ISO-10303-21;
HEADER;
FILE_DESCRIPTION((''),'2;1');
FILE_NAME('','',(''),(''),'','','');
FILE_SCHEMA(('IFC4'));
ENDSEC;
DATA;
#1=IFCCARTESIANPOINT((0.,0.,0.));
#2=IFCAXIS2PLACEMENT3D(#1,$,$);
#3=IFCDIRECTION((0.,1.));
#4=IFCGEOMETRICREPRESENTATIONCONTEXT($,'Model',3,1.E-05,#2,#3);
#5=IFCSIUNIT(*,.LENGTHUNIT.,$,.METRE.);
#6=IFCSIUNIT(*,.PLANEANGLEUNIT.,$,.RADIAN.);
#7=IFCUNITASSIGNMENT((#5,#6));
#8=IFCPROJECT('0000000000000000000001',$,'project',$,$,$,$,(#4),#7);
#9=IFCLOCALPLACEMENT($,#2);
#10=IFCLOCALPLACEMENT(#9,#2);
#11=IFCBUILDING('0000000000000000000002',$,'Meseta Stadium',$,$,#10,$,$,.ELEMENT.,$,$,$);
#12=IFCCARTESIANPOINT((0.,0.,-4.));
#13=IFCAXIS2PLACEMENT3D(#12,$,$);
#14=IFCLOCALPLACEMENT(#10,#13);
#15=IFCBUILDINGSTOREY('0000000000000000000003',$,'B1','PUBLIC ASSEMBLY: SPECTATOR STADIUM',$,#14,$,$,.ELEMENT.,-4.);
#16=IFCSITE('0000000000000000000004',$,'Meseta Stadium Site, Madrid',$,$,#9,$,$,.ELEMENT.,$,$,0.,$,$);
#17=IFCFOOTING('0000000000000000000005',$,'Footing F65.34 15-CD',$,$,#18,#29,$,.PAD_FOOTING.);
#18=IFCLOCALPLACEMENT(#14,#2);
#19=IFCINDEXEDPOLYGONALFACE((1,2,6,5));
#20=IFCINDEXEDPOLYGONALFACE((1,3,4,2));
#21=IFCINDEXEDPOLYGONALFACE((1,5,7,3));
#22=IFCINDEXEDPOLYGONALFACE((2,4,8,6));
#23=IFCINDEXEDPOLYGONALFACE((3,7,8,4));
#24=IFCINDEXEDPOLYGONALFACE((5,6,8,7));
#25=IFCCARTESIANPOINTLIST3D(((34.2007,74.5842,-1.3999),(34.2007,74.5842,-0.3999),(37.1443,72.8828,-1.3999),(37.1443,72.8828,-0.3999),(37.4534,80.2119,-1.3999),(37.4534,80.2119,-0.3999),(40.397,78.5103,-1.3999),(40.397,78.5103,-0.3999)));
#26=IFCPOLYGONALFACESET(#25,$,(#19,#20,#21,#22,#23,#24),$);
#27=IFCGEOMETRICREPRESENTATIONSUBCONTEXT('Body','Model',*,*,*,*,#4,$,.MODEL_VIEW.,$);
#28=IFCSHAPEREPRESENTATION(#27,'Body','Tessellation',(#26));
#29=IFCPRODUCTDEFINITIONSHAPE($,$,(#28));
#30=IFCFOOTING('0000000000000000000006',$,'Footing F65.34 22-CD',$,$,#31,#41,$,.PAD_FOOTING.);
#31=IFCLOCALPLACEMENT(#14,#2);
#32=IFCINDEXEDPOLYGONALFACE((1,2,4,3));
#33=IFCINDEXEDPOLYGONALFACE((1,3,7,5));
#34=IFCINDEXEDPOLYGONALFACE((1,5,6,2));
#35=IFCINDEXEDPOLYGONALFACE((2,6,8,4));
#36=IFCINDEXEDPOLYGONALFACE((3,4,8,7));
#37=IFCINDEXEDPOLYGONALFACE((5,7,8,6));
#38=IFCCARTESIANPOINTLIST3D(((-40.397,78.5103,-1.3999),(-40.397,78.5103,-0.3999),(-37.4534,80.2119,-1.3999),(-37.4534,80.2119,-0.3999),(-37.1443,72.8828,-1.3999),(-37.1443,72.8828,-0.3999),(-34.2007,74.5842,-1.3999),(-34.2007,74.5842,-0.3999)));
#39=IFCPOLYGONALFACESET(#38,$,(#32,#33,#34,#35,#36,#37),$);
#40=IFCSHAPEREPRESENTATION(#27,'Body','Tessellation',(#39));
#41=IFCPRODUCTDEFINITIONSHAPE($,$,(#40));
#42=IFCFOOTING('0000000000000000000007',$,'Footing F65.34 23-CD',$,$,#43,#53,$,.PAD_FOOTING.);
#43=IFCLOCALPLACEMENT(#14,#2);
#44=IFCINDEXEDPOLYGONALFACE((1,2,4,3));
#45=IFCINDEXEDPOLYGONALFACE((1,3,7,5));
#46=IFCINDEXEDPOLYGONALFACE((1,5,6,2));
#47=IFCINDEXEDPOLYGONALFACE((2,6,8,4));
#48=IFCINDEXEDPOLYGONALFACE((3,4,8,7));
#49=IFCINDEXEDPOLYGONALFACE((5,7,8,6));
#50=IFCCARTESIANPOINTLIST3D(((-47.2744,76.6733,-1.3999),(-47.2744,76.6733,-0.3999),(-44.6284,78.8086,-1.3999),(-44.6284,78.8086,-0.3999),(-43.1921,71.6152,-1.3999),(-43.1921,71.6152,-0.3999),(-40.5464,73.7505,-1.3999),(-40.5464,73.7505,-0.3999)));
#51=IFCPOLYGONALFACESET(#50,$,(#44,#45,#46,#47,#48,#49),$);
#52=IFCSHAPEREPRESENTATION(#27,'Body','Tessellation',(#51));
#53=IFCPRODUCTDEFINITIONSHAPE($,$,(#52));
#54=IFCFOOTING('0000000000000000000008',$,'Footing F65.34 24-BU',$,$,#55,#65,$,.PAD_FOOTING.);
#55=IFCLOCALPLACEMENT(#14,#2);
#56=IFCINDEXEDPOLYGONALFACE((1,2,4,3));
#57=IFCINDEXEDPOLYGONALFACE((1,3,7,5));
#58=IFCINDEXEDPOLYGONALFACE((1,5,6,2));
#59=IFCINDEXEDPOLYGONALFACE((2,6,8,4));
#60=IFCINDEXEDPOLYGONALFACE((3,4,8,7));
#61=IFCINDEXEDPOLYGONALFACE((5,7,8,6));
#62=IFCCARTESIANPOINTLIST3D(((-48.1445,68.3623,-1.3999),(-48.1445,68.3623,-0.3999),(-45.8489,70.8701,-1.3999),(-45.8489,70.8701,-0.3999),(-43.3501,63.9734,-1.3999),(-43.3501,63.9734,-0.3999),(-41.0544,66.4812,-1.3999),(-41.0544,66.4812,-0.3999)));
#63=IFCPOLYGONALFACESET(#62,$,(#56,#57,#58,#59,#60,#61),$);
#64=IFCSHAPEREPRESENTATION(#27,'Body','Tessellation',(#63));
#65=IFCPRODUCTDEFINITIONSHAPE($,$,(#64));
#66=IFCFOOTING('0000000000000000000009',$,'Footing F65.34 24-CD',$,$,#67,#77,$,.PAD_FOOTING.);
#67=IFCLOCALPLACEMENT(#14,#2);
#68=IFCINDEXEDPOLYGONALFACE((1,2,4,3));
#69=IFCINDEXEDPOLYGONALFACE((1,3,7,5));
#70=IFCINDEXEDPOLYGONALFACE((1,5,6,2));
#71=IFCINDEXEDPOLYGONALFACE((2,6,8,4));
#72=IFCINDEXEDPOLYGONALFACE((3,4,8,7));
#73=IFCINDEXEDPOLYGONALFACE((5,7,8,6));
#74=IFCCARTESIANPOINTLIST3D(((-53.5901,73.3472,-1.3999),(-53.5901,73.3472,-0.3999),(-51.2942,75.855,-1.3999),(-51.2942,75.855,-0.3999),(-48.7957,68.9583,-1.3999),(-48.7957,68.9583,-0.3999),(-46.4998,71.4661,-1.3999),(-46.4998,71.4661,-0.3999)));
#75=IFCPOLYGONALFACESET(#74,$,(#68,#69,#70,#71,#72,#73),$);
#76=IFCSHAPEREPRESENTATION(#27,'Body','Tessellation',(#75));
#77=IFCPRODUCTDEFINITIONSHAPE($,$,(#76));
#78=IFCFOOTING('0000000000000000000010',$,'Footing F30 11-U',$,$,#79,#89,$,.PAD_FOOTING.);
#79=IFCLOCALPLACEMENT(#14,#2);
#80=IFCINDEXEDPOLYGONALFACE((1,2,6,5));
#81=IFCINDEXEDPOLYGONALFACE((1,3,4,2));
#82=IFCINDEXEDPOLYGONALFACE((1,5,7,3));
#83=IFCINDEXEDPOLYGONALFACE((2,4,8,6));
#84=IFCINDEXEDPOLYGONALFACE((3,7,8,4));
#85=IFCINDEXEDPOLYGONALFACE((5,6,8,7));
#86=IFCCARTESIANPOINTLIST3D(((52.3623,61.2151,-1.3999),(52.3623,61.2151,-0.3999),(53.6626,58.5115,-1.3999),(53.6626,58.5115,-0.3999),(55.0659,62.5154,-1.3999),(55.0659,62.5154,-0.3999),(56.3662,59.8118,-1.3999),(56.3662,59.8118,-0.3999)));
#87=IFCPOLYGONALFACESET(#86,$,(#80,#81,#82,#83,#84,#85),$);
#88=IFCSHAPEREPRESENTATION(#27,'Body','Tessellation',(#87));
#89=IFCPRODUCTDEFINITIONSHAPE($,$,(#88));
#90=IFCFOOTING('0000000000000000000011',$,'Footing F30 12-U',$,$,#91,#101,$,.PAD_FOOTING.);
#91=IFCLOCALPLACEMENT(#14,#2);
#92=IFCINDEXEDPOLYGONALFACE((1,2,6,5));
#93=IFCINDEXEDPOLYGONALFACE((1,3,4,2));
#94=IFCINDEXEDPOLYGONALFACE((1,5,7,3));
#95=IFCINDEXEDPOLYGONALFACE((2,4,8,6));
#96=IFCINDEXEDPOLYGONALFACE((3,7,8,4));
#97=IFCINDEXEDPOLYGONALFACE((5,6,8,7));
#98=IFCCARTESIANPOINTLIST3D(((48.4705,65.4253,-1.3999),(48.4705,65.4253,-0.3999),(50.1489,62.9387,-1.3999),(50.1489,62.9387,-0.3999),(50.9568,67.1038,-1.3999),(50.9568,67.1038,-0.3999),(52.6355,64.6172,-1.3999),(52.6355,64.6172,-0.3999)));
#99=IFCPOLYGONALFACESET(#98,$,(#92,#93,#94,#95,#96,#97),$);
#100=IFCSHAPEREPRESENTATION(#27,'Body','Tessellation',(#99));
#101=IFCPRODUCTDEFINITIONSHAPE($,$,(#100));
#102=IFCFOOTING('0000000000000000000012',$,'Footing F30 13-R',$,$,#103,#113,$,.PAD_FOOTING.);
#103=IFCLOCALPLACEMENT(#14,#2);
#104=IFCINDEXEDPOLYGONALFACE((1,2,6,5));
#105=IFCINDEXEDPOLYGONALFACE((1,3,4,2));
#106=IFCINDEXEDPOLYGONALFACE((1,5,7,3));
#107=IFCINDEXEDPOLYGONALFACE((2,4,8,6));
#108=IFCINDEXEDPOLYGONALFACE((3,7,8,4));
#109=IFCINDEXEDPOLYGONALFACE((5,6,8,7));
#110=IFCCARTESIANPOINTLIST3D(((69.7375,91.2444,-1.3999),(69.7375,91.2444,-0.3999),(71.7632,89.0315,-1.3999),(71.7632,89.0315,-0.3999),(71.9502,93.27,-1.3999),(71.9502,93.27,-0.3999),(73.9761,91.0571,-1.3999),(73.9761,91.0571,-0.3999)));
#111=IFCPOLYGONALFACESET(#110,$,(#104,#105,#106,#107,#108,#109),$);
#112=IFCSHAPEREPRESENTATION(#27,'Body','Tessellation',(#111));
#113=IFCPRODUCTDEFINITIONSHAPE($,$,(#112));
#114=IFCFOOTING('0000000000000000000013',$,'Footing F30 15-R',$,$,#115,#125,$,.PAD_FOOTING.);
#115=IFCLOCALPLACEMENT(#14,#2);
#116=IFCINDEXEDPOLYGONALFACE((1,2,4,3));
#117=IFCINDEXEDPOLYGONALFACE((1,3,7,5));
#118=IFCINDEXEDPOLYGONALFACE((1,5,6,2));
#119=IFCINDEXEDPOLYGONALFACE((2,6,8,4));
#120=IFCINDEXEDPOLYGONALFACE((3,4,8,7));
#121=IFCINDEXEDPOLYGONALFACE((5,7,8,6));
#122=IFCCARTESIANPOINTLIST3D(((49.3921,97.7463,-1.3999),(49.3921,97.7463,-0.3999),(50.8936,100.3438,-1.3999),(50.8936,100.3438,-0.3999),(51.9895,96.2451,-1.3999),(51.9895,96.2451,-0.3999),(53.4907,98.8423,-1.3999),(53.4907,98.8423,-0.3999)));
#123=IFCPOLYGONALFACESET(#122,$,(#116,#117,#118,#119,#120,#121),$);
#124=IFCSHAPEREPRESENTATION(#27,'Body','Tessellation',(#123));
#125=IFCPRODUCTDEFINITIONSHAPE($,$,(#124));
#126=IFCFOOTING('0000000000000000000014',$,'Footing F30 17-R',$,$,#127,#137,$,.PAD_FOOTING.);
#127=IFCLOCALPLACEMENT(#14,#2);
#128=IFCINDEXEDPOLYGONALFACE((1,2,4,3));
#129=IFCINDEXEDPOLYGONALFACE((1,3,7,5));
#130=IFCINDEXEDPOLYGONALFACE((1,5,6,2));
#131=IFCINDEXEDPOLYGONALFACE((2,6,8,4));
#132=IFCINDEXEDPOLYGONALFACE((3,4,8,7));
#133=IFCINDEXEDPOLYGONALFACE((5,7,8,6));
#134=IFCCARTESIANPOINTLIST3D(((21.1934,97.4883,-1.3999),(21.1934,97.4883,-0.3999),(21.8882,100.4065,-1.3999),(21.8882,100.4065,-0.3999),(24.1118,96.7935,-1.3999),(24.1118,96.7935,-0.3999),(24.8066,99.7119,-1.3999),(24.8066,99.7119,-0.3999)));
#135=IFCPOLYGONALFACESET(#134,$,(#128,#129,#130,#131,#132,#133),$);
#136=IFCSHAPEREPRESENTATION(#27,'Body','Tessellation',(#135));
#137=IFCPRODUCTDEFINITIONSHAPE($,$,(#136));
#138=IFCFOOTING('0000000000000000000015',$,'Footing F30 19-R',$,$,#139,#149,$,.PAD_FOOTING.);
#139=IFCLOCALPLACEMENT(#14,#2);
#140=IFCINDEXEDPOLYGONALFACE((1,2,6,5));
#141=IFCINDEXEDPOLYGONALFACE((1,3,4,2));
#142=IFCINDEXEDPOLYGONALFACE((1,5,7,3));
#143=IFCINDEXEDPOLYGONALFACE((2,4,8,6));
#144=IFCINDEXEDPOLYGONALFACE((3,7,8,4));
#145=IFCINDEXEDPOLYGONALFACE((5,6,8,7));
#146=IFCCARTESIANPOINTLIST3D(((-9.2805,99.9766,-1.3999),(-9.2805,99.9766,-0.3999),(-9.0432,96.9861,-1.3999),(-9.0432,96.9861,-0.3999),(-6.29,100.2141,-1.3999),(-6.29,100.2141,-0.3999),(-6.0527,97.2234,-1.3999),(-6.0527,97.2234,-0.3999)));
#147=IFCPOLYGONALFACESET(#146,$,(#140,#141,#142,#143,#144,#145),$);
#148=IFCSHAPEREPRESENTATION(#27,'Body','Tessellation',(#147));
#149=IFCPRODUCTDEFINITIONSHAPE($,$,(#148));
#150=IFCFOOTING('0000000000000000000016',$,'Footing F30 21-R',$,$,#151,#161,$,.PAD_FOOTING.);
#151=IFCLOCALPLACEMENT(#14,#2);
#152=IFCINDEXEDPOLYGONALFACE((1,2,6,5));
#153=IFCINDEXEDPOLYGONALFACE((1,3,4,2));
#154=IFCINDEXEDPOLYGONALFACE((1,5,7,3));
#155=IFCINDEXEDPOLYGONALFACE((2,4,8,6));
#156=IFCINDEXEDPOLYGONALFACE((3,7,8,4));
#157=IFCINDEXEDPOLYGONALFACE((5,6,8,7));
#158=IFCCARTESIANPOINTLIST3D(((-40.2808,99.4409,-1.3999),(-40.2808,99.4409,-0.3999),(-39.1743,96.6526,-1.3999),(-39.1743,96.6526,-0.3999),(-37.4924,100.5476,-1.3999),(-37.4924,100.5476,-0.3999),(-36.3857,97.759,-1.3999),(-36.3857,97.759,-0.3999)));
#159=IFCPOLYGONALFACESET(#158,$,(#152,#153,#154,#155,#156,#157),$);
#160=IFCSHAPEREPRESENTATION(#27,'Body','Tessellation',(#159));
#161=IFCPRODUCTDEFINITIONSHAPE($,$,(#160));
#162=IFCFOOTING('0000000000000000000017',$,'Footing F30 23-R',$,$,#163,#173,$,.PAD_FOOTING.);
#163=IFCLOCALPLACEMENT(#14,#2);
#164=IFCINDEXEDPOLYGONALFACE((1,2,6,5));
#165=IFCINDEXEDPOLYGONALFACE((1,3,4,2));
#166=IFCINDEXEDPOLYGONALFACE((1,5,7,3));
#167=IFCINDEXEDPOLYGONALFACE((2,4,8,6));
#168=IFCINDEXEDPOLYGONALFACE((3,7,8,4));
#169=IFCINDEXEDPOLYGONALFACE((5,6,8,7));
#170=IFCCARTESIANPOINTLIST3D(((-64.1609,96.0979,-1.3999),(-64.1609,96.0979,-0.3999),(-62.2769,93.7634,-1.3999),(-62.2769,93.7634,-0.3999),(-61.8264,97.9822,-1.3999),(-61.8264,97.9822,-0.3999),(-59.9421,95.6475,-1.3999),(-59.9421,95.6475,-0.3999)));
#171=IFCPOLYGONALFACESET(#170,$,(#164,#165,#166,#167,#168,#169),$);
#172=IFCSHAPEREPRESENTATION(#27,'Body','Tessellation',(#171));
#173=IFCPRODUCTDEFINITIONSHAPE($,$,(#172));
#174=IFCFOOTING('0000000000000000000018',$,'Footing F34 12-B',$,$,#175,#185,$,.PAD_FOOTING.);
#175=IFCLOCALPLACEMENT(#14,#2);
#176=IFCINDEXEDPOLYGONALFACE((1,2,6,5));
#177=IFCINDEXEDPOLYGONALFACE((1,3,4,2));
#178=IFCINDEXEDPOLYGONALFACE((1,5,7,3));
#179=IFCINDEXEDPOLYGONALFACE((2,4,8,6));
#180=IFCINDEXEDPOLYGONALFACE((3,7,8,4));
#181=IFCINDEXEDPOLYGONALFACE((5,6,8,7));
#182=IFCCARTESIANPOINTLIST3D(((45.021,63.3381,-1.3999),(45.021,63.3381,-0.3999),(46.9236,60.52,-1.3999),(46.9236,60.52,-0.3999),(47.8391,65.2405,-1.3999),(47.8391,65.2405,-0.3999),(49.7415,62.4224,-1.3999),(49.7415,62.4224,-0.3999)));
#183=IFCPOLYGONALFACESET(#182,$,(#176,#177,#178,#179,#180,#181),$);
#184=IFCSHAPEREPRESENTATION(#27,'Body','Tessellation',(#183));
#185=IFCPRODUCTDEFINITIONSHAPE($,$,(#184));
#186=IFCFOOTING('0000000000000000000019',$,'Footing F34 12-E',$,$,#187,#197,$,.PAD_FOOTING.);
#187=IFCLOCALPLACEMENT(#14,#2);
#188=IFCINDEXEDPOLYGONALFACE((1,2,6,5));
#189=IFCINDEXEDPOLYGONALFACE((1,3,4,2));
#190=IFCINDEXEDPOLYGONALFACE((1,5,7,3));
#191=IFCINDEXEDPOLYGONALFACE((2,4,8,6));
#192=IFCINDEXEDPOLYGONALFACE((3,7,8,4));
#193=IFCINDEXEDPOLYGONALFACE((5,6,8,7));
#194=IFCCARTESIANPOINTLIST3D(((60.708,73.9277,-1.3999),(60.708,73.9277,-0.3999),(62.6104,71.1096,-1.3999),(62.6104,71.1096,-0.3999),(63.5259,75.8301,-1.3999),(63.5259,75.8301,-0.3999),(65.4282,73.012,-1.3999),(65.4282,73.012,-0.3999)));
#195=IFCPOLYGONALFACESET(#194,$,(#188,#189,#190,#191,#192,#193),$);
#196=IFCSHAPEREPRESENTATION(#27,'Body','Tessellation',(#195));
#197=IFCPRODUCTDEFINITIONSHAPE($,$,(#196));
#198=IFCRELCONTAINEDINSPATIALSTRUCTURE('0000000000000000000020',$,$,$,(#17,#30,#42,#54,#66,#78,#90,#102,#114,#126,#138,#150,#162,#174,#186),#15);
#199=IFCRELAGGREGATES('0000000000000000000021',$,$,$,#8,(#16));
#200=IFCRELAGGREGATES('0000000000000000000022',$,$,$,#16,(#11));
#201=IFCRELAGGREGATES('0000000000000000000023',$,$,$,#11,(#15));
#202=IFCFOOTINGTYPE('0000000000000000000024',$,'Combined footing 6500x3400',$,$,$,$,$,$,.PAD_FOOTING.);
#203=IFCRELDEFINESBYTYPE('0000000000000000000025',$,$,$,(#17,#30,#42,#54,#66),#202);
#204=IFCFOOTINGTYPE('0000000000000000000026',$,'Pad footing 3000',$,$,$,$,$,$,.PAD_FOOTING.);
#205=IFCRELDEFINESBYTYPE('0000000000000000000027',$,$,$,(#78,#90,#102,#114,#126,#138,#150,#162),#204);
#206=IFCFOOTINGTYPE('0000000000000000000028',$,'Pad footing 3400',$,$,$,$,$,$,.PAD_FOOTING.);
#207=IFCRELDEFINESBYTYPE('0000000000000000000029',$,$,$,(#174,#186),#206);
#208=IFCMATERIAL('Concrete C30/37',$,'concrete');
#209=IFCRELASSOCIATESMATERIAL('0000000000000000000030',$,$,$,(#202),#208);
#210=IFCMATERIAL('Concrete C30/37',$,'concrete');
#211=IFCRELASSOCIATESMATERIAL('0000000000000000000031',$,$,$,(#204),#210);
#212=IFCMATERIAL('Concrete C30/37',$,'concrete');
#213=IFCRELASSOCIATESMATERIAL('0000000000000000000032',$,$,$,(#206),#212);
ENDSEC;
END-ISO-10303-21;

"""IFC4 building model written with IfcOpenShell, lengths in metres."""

from ifc_helpers import new_model, si_unit, direction, frame, origin, place, context, subcontext, project, spatial, polyline, outline, extrude, material, type_object, element, save


model = new_model("IFC4")

# Units and contexts
model_context = context("Model", 3, precision=1e-05, world=origin(), true_north=direction((0.0, 1.0)))
body_context = subcontext(model_context, "Body", "Model", "MODEL_VIEW")
ifc_project = project(units=[si_unit("LENGTHUNIT", "METRE"), si_unit("PLANEANGLEUNIT", "RADIAN")], contexts=[model_context])

# Site, building, storey
site_placement = place(None, origin())
site = spatial("IfcSite", under=ifc_project, at=site_placement, Name="Meseta Stadium Site, Madrid", CompositionType="ELEMENT", RefElevation=0.0)
building_placement = place(site_placement, origin())
building = spatial("IfcBuilding", under=site, at=building_placement, Name="Meseta Stadium", CompositionType="ELEMENT")
storey_placement = place(building_placement, frame((0.0, 0.0, -4.0)))
storey = spatial("IfcBuildingStorey", under=building, at=storey_placement, Name="B1", Description="PUBLIC ASSEMBLY: SPECTATOR STADIUM", CompositionType="ELEMENT", Elevation=-4.0)

# Footings
ifc_material_1 = material(Name="Concrete C30/37", Category="concrete")
footing_type_1 = type_object("IfcFootingType", Name="Combined footing 6500x3400", PredefinedType="PAD_FOOTING", material=ifc_material_1)
footing_1_placement = place(storey_placement, frame((0.0, 0.0, -1.3999)))
element("IfcFooting", 1, at=footing_1_placement, inside=storey, type_object=footing_type_1, Name="Footing F65.34 15-CD", PredefinedType="PAD_FOOTING", context=body_context, shape_type="SweptSolid", body=[
    extrude(outline(polyline([(37.1443, 72.8828), (40.397, 78.5103), (37.4534, 80.2119), (34.2007, 74.5842), (37.1443, 72.8828)])), origin(), (0.0, 0.0, 1.0), 1.0),
])
footing_2_placement = place(storey_placement, frame((0.0, 0.0, -1.3999)))
element("IfcFooting", 2, at=footing_2_placement, inside=storey, type_object=footing_type_1, Name="Footing F65.34 22-CD", PredefinedType="PAD_FOOTING", context=body_context, shape_type="SweptSolid", body=[
    extrude(outline(polyline([(-34.2007, 74.5842), (-37.4534, 80.2119), (-40.397, 78.5103), (-37.1443, 72.8828), (-34.2007, 74.5842)])), origin(), (0.0, 0.0, 1.0), 1.0),
])
footing_3_placement = place(storey_placement, frame((0.0, 0.0, -1.3999)))
element("IfcFooting", 3, at=footing_3_placement, inside=storey, type_object=footing_type_1, Name="Footing F65.34 23-CD", PredefinedType="PAD_FOOTING", context=body_context, shape_type="SweptSolid", body=[
    extrude(outline(polyline([(-40.5464, 73.7505), (-44.6284, 78.8086), (-47.2744, 76.6733), (-43.1921, 71.6152), (-40.5464, 73.7505)])), origin(), (0.0, 0.0, 1.0), 1.0),
])
footing_4_placement = place(storey_placement, frame((0.0, 0.0, -1.3999)))
element("IfcFooting", 4, at=footing_4_placement, inside=storey, type_object=footing_type_1, Name="Footing F65.34 24-BU", PredefinedType="PAD_FOOTING", context=body_context, shape_type="SweptSolid", body=[
    extrude(outline(polyline([(-41.0544, 66.4812), (-45.8489, 70.8701), (-48.1445, 68.3623), (-43.3501, 63.9734), (-41.0544, 66.4812)])), origin(), (0.0, 0.0, 1.0), 1.0),
])
footing_5_placement = place(storey_placement, frame((0.0, 0.0, -1.3999)))
element("IfcFooting", 5, at=footing_5_placement, inside=storey, type_object=footing_type_1, Name="Footing F65.34 24-CD", PredefinedType="PAD_FOOTING", context=body_context, shape_type="SweptSolid", body=[
    extrude(outline(polyline([(-46.4998, 71.4661), (-51.2942, 75.855), (-53.5901, 73.3472), (-48.7957, 68.9583), (-46.4998, 71.4661)])), origin(), (0.0, 0.0, 1.0), 1.0),
])
ifc_material_2 = material(Name="Concrete C30/37", Category="concrete")
footing_type_2 = type_object("IfcFootingType", Name="Pad footing 3000", PredefinedType="PAD_FOOTING", material=ifc_material_2)
footing_6_placement = place(storey_placement, frame((0.0, 0.0, -1.3999)))
element("IfcFooting", 6, at=footing_6_placement, inside=storey, type_object=footing_type_2, Name="Footing F30 11-U", PredefinedType="PAD_FOOTING", context=body_context, shape_type="SweptSolid", body=[
    extrude(outline(polyline([(53.6626, 58.5115), (56.3662, 59.8118), (55.0659, 62.5154), (52.3623, 61.2151), (53.6626, 58.5115)])), origin(), (0.0, 0.0, 1.0), 1.0),
])
footing_7_placement = place(storey_placement, frame((0.0, 0.0, -1.3999)))
element("IfcFooting", 7, at=footing_7_placement, inside=storey, type_object=footing_type_2, Name="Footing F30 12-U", PredefinedType="PAD_FOOTING", context=body_context, shape_type="SweptSolid", body=[
    extrude(outline(polyline([(50.1489, 62.9387), (52.6355, 64.6172), (50.9568, 67.1038), (48.4705, 65.4253), (50.1489, 62.9387)])), origin(), (0.0, 0.0, 1.0), 1.0),
])
footing_8_placement = place(storey_placement, frame((0.0, 0.0, -1.3999)))
element("IfcFooting", 8, at=footing_8_placement, inside=storey, type_object=footing_type_2, Name="Footing F30 13-R", PredefinedType="PAD_FOOTING", context=body_context, shape_type="SweptSolid", body=[
    extrude(outline(polyline([(71.7632, 89.0315), (73.9761, 91.0571), (71.9502, 93.27), (69.7375, 91.2444), (71.7632, 89.0315)])), origin(), (0.0, 0.0, 1.0), 1.0),
])
footing_9_placement = place(storey_placement, frame((0.0, 0.0, -1.3999)))
element("IfcFooting", 9, at=footing_9_placement, inside=storey, type_object=footing_type_2, Name="Footing F30 15-R", PredefinedType="PAD_FOOTING", context=body_context, shape_type="SweptSolid", body=[
    extrude(outline(polyline([(51.9895, 96.2451), (53.4907, 98.8423), (50.8936, 100.3438), (49.3921, 97.7463), (51.9895, 96.2451)])), origin(), (0.0, 0.0, 1.0), 1.0),
])
footing_10_placement = place(storey_placement, frame((0.0, 0.0, -1.3999)))
element("IfcFooting", 10, at=footing_10_placement, inside=storey, type_object=footing_type_2, Name="Footing F30 17-R", PredefinedType="PAD_FOOTING", context=body_context, shape_type="SweptSolid", body=[
    extrude(outline(polyline([(24.1118, 96.7935), (24.8066, 99.7119), (21.8882, 100.4065), (21.1934, 97.4883), (24.1118, 96.7935)])), origin(), (0.0, 0.0, 1.0), 1.0),
])
footing_11_placement = place(storey_placement, frame((0.0, 0.0, -1.3999)))
element("IfcFooting", 11, at=footing_11_placement, inside=storey, type_object=footing_type_2, Name="Footing F30 19-R", PredefinedType="PAD_FOOTING", context=body_context, shape_type="SweptSolid", body=[
    extrude(outline(polyline([(-6.0527, 97.2234), (-6.29, 100.2141), (-9.2805, 99.9766), (-9.0432, 96.9861), (-6.0527, 97.2234)])), origin(), (0.0, 0.0, 1.0), 1.0),
])
footing_12_placement = place(storey_placement, frame((0.0, 0.0, -1.3999)))
element("IfcFooting", 12, at=footing_12_placement, inside=storey, type_object=footing_type_2, Name="Footing F30 21-R", PredefinedType="PAD_FOOTING", context=body_context, shape_type="SweptSolid", body=[
    extrude(outline(polyline([(-36.3857, 97.759), (-37.4924, 100.5476), (-40.2808, 99.4409), (-39.1743, 96.6526), (-36.3857, 97.759)])), origin(), (0.0, 0.0, 1.0), 1.0),
])
footing_13_placement = place(storey_placement, frame((0.0, 0.0, -1.3999)))
element("IfcFooting", 13, at=footing_13_placement, inside=storey, type_object=footing_type_2, Name="Footing F30 23-R", PredefinedType="PAD_FOOTING", context=body_context, shape_type="SweptSolid", body=[
    extrude(outline(polyline([(-59.9421, 95.6475), (-61.8264, 97.9822), (-64.1609, 96.0979), (-62.2769, 93.7634), (-59.9421, 95.6475)])), origin(), (0.0, 0.0, 1.0), 1.0),
])
ifc_material_3 = material(Name="Concrete C30/37", Category="concrete")
footing_type_3 = type_object("IfcFootingType", Name="Pad footing 3400", PredefinedType="PAD_FOOTING", material=ifc_material_3)
footing_14_placement = place(storey_placement, frame((0.0, 0.0, -1.3999)))
element("IfcFooting", 14, at=footing_14_placement, inside=storey, type_object=footing_type_3, Name="Footing F34 12-B", PredefinedType="PAD_FOOTING", context=body_context, shape_type="SweptSolid", body=[
    extrude(outline(polyline([(46.9236, 60.52), (49.7415, 62.4224), (47.8391, 65.2405), (45.021, 63.3381), (46.9236, 60.52)])), origin(), (0.0, 0.0, 1.0), 1.0),
])
footing_15_placement = place(storey_placement, frame((0.0, 0.0, -1.3999)))
element("IfcFooting", 15, at=footing_15_placement, inside=storey, type_object=footing_type_3, Name="Footing F34 12-E", PredefinedType="PAD_FOOTING", context=body_context, shape_type="SweptSolid", body=[
    extrude(outline(polyline([(62.6104, 71.1096), (65.4282, 73.012), (63.5259, 75.8301), (60.708, 73.9277), (62.6104, 71.1096)])), origin(), (0.0, 0.0, 1.0), 1.0),
])

save(model, "model.ifc")
